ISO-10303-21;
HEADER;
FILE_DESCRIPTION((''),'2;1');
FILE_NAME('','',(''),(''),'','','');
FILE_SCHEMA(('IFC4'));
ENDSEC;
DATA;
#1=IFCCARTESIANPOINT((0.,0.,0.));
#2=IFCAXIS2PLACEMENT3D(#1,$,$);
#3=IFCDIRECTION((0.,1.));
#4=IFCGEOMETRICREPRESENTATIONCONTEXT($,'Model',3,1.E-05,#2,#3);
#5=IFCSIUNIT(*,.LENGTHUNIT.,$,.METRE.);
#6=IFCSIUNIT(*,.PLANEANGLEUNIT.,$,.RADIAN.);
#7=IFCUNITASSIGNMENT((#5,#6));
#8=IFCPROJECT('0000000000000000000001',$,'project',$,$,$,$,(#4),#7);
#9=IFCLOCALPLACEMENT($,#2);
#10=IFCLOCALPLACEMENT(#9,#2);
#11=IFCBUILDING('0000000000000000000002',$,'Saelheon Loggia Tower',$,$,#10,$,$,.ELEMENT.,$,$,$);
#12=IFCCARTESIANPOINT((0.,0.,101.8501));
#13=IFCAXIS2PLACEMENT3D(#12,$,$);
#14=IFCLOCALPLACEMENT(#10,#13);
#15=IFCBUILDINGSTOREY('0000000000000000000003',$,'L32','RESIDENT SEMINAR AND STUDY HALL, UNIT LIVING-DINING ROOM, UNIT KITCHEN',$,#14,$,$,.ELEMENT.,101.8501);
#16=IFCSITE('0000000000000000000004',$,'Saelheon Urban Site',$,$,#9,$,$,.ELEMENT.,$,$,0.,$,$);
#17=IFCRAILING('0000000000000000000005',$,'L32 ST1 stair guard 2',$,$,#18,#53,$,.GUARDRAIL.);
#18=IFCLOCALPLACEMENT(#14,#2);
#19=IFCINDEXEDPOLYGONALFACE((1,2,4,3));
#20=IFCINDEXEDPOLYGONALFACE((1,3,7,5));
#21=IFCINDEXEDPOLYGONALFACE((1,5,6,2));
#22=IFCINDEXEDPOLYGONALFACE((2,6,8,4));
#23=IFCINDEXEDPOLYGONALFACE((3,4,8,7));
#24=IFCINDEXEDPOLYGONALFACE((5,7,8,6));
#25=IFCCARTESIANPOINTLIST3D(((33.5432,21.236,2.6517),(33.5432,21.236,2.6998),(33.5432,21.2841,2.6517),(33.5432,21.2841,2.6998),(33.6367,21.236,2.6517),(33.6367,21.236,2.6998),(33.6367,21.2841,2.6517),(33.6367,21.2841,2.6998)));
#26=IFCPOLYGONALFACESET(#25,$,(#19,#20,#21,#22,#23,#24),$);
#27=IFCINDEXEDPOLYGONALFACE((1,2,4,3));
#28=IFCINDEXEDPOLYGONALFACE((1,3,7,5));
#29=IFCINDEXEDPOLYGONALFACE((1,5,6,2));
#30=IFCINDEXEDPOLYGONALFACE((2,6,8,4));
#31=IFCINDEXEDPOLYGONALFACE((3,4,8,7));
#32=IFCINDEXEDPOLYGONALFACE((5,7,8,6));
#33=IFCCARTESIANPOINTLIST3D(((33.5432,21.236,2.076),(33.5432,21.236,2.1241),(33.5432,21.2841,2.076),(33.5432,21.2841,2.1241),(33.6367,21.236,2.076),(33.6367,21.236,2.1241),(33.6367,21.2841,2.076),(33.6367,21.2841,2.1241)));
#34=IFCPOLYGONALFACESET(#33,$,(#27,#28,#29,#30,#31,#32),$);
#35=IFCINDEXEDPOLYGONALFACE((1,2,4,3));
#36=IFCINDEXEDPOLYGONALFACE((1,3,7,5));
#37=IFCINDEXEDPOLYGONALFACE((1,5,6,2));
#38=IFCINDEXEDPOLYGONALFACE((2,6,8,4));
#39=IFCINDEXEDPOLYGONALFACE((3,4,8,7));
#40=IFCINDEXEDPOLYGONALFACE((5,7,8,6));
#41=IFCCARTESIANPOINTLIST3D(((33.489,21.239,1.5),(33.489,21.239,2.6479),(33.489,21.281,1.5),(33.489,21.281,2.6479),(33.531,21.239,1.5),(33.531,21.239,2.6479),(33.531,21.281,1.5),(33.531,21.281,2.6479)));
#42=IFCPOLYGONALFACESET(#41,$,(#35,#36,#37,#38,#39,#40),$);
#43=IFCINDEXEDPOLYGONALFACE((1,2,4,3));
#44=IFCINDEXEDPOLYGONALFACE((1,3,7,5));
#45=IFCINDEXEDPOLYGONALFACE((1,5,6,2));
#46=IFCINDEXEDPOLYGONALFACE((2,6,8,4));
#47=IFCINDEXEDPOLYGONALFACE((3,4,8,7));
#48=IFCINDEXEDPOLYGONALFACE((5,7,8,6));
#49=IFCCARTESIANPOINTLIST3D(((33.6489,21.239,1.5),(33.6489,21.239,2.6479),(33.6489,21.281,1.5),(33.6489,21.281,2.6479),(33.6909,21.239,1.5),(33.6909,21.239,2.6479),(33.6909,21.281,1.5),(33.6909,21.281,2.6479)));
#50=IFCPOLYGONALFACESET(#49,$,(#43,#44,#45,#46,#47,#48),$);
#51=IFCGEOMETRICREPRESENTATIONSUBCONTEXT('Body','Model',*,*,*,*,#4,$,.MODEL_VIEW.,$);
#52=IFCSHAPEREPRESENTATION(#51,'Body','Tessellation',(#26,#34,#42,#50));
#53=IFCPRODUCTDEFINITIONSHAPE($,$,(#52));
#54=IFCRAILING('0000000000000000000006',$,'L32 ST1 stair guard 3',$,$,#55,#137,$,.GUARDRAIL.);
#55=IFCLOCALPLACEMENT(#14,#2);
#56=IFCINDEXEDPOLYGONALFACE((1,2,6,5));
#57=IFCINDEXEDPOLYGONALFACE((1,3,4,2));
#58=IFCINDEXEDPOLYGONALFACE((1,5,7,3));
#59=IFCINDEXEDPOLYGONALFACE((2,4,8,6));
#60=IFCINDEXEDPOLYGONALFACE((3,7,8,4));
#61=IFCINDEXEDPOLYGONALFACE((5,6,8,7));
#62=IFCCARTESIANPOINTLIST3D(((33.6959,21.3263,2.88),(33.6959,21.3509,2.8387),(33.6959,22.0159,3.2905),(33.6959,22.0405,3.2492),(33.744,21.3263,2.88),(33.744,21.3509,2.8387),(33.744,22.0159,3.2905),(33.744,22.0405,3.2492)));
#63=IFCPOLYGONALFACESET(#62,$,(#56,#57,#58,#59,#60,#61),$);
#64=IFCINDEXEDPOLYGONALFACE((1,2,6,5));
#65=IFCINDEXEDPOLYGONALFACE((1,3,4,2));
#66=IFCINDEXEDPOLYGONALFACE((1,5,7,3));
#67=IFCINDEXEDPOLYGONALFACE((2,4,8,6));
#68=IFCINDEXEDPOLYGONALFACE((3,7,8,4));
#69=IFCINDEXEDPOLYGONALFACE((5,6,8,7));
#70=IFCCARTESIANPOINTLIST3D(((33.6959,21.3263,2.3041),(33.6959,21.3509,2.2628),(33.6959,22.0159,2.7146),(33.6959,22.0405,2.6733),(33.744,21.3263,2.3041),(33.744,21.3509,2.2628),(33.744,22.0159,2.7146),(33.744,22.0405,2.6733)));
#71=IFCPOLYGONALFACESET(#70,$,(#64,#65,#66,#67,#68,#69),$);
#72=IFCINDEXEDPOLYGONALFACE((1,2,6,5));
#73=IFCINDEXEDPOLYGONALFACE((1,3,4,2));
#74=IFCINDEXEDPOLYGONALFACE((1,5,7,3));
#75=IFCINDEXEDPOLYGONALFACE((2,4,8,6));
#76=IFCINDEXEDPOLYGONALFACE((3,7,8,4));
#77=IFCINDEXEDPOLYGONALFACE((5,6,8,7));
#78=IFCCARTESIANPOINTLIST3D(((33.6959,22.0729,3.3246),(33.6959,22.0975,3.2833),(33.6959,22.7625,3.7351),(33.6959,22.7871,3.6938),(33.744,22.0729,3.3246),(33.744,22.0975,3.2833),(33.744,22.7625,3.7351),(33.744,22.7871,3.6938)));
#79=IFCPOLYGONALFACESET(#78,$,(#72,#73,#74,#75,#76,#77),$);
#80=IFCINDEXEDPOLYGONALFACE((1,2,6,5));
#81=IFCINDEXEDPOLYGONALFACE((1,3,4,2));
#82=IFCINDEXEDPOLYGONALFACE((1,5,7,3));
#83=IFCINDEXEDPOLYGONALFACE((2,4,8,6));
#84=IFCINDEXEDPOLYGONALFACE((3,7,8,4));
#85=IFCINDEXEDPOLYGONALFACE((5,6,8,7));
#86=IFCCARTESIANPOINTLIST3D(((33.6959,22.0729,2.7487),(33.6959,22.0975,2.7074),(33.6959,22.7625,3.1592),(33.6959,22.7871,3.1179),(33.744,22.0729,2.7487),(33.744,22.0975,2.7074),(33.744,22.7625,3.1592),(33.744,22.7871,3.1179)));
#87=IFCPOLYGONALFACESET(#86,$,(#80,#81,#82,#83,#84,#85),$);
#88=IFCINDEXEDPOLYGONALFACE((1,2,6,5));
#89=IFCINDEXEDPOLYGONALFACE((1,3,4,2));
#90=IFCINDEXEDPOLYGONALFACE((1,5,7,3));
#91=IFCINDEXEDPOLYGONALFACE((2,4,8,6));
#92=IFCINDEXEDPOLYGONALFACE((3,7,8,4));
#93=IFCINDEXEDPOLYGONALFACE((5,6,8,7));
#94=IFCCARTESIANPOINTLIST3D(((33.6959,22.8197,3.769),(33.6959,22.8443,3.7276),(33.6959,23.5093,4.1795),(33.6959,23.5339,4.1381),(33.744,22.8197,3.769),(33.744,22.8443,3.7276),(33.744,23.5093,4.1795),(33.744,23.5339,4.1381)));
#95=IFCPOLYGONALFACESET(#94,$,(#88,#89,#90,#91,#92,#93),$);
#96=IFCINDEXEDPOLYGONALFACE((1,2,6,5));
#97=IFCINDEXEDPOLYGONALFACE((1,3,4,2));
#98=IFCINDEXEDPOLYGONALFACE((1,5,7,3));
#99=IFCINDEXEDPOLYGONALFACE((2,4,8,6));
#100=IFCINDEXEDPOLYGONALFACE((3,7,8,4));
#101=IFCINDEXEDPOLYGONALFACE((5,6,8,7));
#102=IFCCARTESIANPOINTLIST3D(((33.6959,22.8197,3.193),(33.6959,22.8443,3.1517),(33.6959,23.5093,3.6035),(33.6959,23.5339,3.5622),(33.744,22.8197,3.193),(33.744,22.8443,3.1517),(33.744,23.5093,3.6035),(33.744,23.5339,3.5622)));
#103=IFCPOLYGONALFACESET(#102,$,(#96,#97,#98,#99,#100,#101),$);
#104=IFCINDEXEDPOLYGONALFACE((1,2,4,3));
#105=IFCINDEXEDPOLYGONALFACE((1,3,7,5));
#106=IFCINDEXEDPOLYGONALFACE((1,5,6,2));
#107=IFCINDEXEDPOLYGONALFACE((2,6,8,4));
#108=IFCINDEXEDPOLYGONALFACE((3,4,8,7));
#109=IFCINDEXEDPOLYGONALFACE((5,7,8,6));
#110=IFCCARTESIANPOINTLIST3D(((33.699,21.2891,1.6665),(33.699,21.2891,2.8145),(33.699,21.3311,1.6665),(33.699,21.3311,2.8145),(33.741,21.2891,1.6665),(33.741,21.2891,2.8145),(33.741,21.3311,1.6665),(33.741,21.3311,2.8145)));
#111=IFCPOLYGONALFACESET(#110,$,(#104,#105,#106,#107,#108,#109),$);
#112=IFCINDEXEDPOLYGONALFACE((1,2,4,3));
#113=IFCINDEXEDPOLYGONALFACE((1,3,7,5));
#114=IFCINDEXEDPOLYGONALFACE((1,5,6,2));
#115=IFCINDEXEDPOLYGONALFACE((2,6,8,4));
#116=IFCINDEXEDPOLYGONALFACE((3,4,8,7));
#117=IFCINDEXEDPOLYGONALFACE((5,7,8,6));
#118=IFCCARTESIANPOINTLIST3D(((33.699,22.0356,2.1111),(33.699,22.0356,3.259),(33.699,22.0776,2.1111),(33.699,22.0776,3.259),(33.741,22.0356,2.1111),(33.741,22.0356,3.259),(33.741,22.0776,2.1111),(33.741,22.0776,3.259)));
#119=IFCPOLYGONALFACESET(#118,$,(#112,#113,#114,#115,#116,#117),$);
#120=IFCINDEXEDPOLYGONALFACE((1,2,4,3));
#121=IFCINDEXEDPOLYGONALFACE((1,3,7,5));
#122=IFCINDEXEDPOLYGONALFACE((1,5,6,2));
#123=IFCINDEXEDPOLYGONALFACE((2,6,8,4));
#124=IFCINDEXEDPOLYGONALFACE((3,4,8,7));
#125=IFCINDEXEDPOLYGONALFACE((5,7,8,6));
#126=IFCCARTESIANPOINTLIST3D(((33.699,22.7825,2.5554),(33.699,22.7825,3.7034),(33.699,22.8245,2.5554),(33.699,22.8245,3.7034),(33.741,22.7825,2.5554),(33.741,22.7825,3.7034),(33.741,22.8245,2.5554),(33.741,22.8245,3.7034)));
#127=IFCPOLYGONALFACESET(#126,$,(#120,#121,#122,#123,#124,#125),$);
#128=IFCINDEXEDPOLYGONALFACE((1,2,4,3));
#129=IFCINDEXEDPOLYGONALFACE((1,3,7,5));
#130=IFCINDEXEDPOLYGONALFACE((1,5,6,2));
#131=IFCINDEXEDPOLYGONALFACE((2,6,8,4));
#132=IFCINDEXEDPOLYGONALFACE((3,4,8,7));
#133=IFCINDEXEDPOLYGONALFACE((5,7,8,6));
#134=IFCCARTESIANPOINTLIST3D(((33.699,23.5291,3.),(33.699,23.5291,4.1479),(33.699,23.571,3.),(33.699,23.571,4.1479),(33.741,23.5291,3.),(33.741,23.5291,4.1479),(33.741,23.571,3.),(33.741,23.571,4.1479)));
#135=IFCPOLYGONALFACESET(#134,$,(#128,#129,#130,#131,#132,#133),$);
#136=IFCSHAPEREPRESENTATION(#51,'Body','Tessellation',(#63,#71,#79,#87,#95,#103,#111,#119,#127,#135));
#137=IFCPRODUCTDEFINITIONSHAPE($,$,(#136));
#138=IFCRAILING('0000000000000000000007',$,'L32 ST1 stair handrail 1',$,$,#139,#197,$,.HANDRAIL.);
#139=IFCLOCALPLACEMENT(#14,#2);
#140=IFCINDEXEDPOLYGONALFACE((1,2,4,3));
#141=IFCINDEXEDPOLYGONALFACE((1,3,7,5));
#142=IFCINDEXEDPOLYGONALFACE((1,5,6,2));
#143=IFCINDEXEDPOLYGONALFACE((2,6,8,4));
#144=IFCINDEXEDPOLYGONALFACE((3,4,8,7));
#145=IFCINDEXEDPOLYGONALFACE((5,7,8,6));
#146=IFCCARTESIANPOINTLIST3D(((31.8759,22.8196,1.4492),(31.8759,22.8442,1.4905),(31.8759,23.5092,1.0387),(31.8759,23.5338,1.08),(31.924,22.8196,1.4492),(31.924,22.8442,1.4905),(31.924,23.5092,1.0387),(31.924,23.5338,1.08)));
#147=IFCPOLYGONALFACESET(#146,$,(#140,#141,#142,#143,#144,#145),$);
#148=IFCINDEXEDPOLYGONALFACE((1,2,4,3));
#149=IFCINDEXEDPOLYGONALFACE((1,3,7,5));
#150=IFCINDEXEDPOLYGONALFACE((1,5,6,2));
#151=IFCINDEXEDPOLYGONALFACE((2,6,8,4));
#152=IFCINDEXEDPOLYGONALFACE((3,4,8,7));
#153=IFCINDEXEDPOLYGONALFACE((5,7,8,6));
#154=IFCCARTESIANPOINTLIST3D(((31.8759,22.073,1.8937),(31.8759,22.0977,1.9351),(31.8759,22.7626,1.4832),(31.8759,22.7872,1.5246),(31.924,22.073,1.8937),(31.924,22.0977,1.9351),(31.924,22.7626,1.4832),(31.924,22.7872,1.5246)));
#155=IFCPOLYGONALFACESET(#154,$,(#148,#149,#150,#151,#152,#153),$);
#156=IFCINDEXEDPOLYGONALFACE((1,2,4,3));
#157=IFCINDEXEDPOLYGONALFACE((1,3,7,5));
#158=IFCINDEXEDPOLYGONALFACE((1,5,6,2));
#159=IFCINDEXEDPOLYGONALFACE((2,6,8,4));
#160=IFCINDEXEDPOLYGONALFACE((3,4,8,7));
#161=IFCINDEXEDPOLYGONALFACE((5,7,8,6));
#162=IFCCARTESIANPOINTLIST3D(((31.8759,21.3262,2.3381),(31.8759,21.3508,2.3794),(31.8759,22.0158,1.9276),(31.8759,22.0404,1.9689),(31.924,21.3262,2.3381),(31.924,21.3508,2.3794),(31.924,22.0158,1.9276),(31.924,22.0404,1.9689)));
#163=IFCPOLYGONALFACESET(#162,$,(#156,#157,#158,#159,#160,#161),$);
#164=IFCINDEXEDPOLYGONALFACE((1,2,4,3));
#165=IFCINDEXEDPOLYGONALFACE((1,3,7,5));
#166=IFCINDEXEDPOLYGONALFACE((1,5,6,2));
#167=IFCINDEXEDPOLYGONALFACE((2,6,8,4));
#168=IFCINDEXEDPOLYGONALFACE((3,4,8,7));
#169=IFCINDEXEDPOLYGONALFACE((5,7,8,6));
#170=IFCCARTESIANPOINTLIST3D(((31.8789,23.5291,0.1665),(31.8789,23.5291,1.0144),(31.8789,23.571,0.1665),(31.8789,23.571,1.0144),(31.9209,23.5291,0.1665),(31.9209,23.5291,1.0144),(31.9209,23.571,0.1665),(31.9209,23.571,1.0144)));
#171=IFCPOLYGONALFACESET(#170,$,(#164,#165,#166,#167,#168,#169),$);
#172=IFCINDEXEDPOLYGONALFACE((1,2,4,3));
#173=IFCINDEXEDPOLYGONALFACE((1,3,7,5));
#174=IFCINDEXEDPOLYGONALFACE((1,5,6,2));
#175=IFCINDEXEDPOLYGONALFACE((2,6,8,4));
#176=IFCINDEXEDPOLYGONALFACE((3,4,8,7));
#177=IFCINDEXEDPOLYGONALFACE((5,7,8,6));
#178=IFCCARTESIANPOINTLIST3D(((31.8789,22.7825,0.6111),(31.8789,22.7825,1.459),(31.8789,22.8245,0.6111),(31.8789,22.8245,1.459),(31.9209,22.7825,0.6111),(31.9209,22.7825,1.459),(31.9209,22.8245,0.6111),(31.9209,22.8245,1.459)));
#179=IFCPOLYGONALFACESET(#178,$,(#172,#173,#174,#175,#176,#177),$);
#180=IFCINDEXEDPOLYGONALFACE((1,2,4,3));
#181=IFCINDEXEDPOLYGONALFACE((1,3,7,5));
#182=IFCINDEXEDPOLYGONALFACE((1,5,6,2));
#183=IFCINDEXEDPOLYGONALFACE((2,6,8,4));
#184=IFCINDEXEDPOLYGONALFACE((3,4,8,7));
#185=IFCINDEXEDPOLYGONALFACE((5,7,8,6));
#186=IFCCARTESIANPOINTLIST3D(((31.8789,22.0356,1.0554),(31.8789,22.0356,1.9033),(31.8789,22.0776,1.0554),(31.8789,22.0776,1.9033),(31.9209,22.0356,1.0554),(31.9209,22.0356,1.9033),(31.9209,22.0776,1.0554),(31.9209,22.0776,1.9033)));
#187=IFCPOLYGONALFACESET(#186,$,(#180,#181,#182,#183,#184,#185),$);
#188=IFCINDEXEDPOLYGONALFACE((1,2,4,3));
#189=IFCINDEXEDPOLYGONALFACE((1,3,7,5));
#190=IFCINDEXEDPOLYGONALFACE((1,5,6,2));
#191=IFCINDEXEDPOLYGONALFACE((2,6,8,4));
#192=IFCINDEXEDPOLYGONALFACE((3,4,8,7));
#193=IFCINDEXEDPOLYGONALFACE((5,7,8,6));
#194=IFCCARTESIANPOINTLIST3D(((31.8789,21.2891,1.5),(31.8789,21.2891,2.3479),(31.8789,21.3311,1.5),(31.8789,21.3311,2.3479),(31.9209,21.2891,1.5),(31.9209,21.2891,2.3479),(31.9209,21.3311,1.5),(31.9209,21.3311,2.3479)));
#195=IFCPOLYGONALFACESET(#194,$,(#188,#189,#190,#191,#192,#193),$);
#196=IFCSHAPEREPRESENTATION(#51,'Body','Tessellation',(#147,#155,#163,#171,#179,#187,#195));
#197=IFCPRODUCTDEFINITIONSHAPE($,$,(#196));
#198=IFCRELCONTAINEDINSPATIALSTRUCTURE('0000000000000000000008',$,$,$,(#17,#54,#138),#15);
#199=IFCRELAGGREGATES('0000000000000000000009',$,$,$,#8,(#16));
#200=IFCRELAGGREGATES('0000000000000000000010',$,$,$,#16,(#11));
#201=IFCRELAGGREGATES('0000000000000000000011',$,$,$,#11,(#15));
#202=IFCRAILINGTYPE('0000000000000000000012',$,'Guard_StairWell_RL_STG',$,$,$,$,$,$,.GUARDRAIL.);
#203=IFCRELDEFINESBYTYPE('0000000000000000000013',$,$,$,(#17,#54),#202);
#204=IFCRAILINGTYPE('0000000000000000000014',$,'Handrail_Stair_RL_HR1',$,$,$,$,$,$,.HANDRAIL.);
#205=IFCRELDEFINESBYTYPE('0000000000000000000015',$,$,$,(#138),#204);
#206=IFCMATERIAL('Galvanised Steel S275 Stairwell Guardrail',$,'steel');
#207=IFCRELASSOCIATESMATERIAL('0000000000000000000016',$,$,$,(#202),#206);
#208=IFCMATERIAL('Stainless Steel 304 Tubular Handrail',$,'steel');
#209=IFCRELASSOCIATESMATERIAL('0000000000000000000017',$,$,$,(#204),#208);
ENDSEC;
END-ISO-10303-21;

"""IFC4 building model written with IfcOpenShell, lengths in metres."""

from ifc_helpers import new_model, si_unit, direction, frame, origin, origin_2d, place, context, subcontext, project, spatial, rectangle, extrude, material, type_object, element, save


model = new_model("IFC4")

# Units and contexts
model_context = context("Model", 3, precision=1e-05, world=origin(), true_north=direction((0.0, 1.0)))
body_context = subcontext(model_context, "Body", "Model", "MODEL_VIEW")
ifc_project = project(units=[si_unit("LENGTHUNIT", "METRE"), si_unit("PLANEANGLEUNIT", "RADIAN")], contexts=[model_context])

# Site, building, storey
site_placement = place(None, origin())
site = spatial("IfcSite", under=ifc_project, at=site_placement, Name="Saelheon Urban Site", CompositionType="ELEMENT", RefElevation=0.0)
building_placement = place(site_placement, origin())
building = spatial("IfcBuilding", under=site, at=building_placement, Name="Saelheon Loggia Tower", CompositionType="ELEMENT")
storey_placement = place(building_placement, frame((0.0, 0.0, 101.8501)))
storey = spatial("IfcBuildingStorey", under=building, at=storey_placement, Name="L32", Description="RESIDENT SEMINAR AND STUDY HALL, UNIT LIVING-DINING ROOM, UNIT KITCHEN", CompositionType="ELEMENT", Elevation=101.8501)

# Railings
ifc_material_1 = material(Name="Galvanised Steel S275 Stairwell Guardrail", Category="steel")
railing_type_1 = type_object("IfcRailingType", Name="Guard_StairWell_RL_STG", PredefinedType="GUARDRAIL", material=ifc_material_1)
railing_1_placement = place(storey_placement, frame((33.51, 21.26, 1.5)))
element("IfcRailing", 1, at=railing_1_placement, inside=storey, type_object=railing_type_1, Name="L32 ST1 stair guard 2", PredefinedType="GUARDRAIL", context=body_context, shape_type="SweptSolid", body=[
    extrude(rectangle(XDim=0.0481, YDim=0.0481, at=origin_2d()), frame((0.0332, 0.0, 1.1758), z_axis=(1.0, 0.0, 0.0), x_axis=(0.0, 1.0, 0.0)), (0.0, 0.0, 1.0), 0.0935),
    extrude(rectangle(XDim=0.0481, YDim=0.0481, at=origin_2d()), frame((0.0332, 0.0, 0.6001), z_axis=(1.0, 0.0, 0.0), x_axis=(0.0, 1.0, 0.0)), (0.0, 0.0, 1.0), 0.0935),
    extrude(rectangle(XDim=0.042, YDim=0.042, at=origin_2d()), origin(), (0.0, 0.0, 1.0), 1.1479),
    extrude(rectangle(XDim=0.042, YDim=0.042, at=origin_2d()), frame((0.1599, 0.0, 0.0)), (0.0, 0.0, 1.0), 1.1479),
])
railing_2_placement = place(storey_placement, frame((33.72, 21.3101, 1.6665)))
element("IfcRailing", 2, at=railing_2_placement, inside=storey, type_object=railing_type_1, Name="L32 ST1 stair guard 3", PredefinedType="GUARDRAIL", context=body_context, shape_type="SweptSolid", body=[
    extrude(rectangle(XDim=0.0481, YDim=0.0481, at=origin_2d()), frame((0.0, 0.0286, 1.1929), z_axis=(0.0, 0.859264, 0.511532), x_axis=(-1.0, 0.0, 0.0)), (0.0, 0.0, 1.0), 0.8025),
    extrude(rectangle(XDim=0.0481, YDim=0.0481, at=origin_2d()), frame((0.0, 0.0286, 0.6169), z_axis=(0.0, 0.859264, 0.511532), x_axis=(-1.0, 0.0, 0.0)), (0.0, 0.0, 1.0), 0.8025),
    extrude(rectangle(XDim=0.0481, YDim=0.0481, at=origin_2d()), frame((0.0, 0.7751, 1.6375), z_axis=(0.0, 0.859264, 0.511532), x_axis=(-1.0, 0.0, 0.0)), (0.0, 0.0, 1.0), 0.8025),
    extrude(rectangle(XDim=0.0481, YDim=0.0481, at=origin_2d()), frame((0.0, 0.7751, 1.0615), z_axis=(0.0, 0.859264, 0.511532), x_axis=(-1.0, 0.0, 0.0)), (0.0, 0.0, 1.0), 0.8025),
    extrude(rectangle(XDim=0.0481, YDim=0.0481, at=origin_2d()), frame((0.0, 1.522, 2.0818), z_axis=(0.0, 0.859264, 0.511532), x_axis=(-1.0, 0.0, 0.0)), (0.0, 0.0, 1.0), 0.8025),
    extrude(rectangle(XDim=0.0481, YDim=0.0481, at=origin_2d()), frame((0.0, 1.522, 1.5059), z_axis=(0.0, 0.859264, 0.511532), x_axis=(-1.0, 0.0, 0.0)), (0.0, 0.0, 1.0), 0.8025),
    extrude(rectangle(XDim=0.042, YDim=0.042, at=origin_2d()), origin(), (0.0, 0.0, 1.0), 1.1479),
    extrude(rectangle(XDim=0.042, YDim=0.042, at=origin_2d()), frame((0.0, 0.7466, 0.4446)), (0.0, 0.0, 1.0), 1.1479),
    extrude(rectangle(XDim=0.042, YDim=0.042, at=origin_2d()), frame((0.0, 1.4934, 0.8889)), (0.0, 0.0, 1.0), 1.1479),
    extrude(rectangle(XDim=0.042, YDim=0.042, at=origin_2d()), frame((0.0, 2.24, 1.3335)), (0.0, 0.0, 1.0), 1.1479),
])
ifc_material_2 = material(Name="Stainless Steel 304 Tubular Handrail", Category="steel")
railing_type_2 = type_object("IfcRailingType", Name="Handrail_Stair_RL_HR1", PredefinedType="HANDRAIL", material=ifc_material_2)
railing_3_placement = place(storey_placement, frame((31.8999, 23.55, 0.1665)))
element("IfcRailing", 3, at=railing_3_placement, inside=storey, type_object=railing_type_2, Name="L32 ST1 stair handrail 1", PredefinedType="HANDRAIL", context=body_context, shape_type="SweptSolid", body=[
    extrude(rectangle(XDim=0.0481, YDim=0.0481, at=origin_2d()), frame((0.0, -0.0286, 0.8928), z_axis=(0.0, -0.859264, 0.511532), x_axis=(1.0, 0.0, 0.0)), (0.0, 0.0, 1.0), 0.8025),
    extrude(rectangle(XDim=0.0481, YDim=0.0481, at=origin_2d()), frame((0.0, -0.7751, 1.3374), z_axis=(0.0, -0.859264, 0.511532), x_axis=(1.0, 0.0, 0.0)), (0.0, 0.0, 1.0), 0.8025),
    extrude(rectangle(XDim=0.0481, YDim=0.0481, at=origin_2d()), frame((0.0, -1.522, 1.7817), z_axis=(0.0, -0.859264, 0.511532), x_axis=(1.0, 0.0, 0.0)), (0.0, 0.0, 1.0), 0.8025),
    extrude(rectangle(XDim=0.042, YDim=0.042, at=origin_2d()), origin(), (0.0, 0.0, 1.0), 0.8479),
    extrude(rectangle(XDim=0.042, YDim=0.042, at=origin_2d()), frame((0.0, -0.7466, 0.4446)), (0.0, 0.0, 1.0), 0.8479),
    extrude(rectangle(XDim=0.042, YDim=0.042, at=origin_2d()), frame((0.0, -1.4934, 0.8889)), (0.0, 0.0, 1.0), 0.8479),
    extrude(rectangle(XDim=0.042, YDim=0.042, at=origin_2d()), frame((0.0, -2.24, 1.3335)), (0.0, 0.0, 1.0), 0.8479),
])

save(model, "model.ifc")
